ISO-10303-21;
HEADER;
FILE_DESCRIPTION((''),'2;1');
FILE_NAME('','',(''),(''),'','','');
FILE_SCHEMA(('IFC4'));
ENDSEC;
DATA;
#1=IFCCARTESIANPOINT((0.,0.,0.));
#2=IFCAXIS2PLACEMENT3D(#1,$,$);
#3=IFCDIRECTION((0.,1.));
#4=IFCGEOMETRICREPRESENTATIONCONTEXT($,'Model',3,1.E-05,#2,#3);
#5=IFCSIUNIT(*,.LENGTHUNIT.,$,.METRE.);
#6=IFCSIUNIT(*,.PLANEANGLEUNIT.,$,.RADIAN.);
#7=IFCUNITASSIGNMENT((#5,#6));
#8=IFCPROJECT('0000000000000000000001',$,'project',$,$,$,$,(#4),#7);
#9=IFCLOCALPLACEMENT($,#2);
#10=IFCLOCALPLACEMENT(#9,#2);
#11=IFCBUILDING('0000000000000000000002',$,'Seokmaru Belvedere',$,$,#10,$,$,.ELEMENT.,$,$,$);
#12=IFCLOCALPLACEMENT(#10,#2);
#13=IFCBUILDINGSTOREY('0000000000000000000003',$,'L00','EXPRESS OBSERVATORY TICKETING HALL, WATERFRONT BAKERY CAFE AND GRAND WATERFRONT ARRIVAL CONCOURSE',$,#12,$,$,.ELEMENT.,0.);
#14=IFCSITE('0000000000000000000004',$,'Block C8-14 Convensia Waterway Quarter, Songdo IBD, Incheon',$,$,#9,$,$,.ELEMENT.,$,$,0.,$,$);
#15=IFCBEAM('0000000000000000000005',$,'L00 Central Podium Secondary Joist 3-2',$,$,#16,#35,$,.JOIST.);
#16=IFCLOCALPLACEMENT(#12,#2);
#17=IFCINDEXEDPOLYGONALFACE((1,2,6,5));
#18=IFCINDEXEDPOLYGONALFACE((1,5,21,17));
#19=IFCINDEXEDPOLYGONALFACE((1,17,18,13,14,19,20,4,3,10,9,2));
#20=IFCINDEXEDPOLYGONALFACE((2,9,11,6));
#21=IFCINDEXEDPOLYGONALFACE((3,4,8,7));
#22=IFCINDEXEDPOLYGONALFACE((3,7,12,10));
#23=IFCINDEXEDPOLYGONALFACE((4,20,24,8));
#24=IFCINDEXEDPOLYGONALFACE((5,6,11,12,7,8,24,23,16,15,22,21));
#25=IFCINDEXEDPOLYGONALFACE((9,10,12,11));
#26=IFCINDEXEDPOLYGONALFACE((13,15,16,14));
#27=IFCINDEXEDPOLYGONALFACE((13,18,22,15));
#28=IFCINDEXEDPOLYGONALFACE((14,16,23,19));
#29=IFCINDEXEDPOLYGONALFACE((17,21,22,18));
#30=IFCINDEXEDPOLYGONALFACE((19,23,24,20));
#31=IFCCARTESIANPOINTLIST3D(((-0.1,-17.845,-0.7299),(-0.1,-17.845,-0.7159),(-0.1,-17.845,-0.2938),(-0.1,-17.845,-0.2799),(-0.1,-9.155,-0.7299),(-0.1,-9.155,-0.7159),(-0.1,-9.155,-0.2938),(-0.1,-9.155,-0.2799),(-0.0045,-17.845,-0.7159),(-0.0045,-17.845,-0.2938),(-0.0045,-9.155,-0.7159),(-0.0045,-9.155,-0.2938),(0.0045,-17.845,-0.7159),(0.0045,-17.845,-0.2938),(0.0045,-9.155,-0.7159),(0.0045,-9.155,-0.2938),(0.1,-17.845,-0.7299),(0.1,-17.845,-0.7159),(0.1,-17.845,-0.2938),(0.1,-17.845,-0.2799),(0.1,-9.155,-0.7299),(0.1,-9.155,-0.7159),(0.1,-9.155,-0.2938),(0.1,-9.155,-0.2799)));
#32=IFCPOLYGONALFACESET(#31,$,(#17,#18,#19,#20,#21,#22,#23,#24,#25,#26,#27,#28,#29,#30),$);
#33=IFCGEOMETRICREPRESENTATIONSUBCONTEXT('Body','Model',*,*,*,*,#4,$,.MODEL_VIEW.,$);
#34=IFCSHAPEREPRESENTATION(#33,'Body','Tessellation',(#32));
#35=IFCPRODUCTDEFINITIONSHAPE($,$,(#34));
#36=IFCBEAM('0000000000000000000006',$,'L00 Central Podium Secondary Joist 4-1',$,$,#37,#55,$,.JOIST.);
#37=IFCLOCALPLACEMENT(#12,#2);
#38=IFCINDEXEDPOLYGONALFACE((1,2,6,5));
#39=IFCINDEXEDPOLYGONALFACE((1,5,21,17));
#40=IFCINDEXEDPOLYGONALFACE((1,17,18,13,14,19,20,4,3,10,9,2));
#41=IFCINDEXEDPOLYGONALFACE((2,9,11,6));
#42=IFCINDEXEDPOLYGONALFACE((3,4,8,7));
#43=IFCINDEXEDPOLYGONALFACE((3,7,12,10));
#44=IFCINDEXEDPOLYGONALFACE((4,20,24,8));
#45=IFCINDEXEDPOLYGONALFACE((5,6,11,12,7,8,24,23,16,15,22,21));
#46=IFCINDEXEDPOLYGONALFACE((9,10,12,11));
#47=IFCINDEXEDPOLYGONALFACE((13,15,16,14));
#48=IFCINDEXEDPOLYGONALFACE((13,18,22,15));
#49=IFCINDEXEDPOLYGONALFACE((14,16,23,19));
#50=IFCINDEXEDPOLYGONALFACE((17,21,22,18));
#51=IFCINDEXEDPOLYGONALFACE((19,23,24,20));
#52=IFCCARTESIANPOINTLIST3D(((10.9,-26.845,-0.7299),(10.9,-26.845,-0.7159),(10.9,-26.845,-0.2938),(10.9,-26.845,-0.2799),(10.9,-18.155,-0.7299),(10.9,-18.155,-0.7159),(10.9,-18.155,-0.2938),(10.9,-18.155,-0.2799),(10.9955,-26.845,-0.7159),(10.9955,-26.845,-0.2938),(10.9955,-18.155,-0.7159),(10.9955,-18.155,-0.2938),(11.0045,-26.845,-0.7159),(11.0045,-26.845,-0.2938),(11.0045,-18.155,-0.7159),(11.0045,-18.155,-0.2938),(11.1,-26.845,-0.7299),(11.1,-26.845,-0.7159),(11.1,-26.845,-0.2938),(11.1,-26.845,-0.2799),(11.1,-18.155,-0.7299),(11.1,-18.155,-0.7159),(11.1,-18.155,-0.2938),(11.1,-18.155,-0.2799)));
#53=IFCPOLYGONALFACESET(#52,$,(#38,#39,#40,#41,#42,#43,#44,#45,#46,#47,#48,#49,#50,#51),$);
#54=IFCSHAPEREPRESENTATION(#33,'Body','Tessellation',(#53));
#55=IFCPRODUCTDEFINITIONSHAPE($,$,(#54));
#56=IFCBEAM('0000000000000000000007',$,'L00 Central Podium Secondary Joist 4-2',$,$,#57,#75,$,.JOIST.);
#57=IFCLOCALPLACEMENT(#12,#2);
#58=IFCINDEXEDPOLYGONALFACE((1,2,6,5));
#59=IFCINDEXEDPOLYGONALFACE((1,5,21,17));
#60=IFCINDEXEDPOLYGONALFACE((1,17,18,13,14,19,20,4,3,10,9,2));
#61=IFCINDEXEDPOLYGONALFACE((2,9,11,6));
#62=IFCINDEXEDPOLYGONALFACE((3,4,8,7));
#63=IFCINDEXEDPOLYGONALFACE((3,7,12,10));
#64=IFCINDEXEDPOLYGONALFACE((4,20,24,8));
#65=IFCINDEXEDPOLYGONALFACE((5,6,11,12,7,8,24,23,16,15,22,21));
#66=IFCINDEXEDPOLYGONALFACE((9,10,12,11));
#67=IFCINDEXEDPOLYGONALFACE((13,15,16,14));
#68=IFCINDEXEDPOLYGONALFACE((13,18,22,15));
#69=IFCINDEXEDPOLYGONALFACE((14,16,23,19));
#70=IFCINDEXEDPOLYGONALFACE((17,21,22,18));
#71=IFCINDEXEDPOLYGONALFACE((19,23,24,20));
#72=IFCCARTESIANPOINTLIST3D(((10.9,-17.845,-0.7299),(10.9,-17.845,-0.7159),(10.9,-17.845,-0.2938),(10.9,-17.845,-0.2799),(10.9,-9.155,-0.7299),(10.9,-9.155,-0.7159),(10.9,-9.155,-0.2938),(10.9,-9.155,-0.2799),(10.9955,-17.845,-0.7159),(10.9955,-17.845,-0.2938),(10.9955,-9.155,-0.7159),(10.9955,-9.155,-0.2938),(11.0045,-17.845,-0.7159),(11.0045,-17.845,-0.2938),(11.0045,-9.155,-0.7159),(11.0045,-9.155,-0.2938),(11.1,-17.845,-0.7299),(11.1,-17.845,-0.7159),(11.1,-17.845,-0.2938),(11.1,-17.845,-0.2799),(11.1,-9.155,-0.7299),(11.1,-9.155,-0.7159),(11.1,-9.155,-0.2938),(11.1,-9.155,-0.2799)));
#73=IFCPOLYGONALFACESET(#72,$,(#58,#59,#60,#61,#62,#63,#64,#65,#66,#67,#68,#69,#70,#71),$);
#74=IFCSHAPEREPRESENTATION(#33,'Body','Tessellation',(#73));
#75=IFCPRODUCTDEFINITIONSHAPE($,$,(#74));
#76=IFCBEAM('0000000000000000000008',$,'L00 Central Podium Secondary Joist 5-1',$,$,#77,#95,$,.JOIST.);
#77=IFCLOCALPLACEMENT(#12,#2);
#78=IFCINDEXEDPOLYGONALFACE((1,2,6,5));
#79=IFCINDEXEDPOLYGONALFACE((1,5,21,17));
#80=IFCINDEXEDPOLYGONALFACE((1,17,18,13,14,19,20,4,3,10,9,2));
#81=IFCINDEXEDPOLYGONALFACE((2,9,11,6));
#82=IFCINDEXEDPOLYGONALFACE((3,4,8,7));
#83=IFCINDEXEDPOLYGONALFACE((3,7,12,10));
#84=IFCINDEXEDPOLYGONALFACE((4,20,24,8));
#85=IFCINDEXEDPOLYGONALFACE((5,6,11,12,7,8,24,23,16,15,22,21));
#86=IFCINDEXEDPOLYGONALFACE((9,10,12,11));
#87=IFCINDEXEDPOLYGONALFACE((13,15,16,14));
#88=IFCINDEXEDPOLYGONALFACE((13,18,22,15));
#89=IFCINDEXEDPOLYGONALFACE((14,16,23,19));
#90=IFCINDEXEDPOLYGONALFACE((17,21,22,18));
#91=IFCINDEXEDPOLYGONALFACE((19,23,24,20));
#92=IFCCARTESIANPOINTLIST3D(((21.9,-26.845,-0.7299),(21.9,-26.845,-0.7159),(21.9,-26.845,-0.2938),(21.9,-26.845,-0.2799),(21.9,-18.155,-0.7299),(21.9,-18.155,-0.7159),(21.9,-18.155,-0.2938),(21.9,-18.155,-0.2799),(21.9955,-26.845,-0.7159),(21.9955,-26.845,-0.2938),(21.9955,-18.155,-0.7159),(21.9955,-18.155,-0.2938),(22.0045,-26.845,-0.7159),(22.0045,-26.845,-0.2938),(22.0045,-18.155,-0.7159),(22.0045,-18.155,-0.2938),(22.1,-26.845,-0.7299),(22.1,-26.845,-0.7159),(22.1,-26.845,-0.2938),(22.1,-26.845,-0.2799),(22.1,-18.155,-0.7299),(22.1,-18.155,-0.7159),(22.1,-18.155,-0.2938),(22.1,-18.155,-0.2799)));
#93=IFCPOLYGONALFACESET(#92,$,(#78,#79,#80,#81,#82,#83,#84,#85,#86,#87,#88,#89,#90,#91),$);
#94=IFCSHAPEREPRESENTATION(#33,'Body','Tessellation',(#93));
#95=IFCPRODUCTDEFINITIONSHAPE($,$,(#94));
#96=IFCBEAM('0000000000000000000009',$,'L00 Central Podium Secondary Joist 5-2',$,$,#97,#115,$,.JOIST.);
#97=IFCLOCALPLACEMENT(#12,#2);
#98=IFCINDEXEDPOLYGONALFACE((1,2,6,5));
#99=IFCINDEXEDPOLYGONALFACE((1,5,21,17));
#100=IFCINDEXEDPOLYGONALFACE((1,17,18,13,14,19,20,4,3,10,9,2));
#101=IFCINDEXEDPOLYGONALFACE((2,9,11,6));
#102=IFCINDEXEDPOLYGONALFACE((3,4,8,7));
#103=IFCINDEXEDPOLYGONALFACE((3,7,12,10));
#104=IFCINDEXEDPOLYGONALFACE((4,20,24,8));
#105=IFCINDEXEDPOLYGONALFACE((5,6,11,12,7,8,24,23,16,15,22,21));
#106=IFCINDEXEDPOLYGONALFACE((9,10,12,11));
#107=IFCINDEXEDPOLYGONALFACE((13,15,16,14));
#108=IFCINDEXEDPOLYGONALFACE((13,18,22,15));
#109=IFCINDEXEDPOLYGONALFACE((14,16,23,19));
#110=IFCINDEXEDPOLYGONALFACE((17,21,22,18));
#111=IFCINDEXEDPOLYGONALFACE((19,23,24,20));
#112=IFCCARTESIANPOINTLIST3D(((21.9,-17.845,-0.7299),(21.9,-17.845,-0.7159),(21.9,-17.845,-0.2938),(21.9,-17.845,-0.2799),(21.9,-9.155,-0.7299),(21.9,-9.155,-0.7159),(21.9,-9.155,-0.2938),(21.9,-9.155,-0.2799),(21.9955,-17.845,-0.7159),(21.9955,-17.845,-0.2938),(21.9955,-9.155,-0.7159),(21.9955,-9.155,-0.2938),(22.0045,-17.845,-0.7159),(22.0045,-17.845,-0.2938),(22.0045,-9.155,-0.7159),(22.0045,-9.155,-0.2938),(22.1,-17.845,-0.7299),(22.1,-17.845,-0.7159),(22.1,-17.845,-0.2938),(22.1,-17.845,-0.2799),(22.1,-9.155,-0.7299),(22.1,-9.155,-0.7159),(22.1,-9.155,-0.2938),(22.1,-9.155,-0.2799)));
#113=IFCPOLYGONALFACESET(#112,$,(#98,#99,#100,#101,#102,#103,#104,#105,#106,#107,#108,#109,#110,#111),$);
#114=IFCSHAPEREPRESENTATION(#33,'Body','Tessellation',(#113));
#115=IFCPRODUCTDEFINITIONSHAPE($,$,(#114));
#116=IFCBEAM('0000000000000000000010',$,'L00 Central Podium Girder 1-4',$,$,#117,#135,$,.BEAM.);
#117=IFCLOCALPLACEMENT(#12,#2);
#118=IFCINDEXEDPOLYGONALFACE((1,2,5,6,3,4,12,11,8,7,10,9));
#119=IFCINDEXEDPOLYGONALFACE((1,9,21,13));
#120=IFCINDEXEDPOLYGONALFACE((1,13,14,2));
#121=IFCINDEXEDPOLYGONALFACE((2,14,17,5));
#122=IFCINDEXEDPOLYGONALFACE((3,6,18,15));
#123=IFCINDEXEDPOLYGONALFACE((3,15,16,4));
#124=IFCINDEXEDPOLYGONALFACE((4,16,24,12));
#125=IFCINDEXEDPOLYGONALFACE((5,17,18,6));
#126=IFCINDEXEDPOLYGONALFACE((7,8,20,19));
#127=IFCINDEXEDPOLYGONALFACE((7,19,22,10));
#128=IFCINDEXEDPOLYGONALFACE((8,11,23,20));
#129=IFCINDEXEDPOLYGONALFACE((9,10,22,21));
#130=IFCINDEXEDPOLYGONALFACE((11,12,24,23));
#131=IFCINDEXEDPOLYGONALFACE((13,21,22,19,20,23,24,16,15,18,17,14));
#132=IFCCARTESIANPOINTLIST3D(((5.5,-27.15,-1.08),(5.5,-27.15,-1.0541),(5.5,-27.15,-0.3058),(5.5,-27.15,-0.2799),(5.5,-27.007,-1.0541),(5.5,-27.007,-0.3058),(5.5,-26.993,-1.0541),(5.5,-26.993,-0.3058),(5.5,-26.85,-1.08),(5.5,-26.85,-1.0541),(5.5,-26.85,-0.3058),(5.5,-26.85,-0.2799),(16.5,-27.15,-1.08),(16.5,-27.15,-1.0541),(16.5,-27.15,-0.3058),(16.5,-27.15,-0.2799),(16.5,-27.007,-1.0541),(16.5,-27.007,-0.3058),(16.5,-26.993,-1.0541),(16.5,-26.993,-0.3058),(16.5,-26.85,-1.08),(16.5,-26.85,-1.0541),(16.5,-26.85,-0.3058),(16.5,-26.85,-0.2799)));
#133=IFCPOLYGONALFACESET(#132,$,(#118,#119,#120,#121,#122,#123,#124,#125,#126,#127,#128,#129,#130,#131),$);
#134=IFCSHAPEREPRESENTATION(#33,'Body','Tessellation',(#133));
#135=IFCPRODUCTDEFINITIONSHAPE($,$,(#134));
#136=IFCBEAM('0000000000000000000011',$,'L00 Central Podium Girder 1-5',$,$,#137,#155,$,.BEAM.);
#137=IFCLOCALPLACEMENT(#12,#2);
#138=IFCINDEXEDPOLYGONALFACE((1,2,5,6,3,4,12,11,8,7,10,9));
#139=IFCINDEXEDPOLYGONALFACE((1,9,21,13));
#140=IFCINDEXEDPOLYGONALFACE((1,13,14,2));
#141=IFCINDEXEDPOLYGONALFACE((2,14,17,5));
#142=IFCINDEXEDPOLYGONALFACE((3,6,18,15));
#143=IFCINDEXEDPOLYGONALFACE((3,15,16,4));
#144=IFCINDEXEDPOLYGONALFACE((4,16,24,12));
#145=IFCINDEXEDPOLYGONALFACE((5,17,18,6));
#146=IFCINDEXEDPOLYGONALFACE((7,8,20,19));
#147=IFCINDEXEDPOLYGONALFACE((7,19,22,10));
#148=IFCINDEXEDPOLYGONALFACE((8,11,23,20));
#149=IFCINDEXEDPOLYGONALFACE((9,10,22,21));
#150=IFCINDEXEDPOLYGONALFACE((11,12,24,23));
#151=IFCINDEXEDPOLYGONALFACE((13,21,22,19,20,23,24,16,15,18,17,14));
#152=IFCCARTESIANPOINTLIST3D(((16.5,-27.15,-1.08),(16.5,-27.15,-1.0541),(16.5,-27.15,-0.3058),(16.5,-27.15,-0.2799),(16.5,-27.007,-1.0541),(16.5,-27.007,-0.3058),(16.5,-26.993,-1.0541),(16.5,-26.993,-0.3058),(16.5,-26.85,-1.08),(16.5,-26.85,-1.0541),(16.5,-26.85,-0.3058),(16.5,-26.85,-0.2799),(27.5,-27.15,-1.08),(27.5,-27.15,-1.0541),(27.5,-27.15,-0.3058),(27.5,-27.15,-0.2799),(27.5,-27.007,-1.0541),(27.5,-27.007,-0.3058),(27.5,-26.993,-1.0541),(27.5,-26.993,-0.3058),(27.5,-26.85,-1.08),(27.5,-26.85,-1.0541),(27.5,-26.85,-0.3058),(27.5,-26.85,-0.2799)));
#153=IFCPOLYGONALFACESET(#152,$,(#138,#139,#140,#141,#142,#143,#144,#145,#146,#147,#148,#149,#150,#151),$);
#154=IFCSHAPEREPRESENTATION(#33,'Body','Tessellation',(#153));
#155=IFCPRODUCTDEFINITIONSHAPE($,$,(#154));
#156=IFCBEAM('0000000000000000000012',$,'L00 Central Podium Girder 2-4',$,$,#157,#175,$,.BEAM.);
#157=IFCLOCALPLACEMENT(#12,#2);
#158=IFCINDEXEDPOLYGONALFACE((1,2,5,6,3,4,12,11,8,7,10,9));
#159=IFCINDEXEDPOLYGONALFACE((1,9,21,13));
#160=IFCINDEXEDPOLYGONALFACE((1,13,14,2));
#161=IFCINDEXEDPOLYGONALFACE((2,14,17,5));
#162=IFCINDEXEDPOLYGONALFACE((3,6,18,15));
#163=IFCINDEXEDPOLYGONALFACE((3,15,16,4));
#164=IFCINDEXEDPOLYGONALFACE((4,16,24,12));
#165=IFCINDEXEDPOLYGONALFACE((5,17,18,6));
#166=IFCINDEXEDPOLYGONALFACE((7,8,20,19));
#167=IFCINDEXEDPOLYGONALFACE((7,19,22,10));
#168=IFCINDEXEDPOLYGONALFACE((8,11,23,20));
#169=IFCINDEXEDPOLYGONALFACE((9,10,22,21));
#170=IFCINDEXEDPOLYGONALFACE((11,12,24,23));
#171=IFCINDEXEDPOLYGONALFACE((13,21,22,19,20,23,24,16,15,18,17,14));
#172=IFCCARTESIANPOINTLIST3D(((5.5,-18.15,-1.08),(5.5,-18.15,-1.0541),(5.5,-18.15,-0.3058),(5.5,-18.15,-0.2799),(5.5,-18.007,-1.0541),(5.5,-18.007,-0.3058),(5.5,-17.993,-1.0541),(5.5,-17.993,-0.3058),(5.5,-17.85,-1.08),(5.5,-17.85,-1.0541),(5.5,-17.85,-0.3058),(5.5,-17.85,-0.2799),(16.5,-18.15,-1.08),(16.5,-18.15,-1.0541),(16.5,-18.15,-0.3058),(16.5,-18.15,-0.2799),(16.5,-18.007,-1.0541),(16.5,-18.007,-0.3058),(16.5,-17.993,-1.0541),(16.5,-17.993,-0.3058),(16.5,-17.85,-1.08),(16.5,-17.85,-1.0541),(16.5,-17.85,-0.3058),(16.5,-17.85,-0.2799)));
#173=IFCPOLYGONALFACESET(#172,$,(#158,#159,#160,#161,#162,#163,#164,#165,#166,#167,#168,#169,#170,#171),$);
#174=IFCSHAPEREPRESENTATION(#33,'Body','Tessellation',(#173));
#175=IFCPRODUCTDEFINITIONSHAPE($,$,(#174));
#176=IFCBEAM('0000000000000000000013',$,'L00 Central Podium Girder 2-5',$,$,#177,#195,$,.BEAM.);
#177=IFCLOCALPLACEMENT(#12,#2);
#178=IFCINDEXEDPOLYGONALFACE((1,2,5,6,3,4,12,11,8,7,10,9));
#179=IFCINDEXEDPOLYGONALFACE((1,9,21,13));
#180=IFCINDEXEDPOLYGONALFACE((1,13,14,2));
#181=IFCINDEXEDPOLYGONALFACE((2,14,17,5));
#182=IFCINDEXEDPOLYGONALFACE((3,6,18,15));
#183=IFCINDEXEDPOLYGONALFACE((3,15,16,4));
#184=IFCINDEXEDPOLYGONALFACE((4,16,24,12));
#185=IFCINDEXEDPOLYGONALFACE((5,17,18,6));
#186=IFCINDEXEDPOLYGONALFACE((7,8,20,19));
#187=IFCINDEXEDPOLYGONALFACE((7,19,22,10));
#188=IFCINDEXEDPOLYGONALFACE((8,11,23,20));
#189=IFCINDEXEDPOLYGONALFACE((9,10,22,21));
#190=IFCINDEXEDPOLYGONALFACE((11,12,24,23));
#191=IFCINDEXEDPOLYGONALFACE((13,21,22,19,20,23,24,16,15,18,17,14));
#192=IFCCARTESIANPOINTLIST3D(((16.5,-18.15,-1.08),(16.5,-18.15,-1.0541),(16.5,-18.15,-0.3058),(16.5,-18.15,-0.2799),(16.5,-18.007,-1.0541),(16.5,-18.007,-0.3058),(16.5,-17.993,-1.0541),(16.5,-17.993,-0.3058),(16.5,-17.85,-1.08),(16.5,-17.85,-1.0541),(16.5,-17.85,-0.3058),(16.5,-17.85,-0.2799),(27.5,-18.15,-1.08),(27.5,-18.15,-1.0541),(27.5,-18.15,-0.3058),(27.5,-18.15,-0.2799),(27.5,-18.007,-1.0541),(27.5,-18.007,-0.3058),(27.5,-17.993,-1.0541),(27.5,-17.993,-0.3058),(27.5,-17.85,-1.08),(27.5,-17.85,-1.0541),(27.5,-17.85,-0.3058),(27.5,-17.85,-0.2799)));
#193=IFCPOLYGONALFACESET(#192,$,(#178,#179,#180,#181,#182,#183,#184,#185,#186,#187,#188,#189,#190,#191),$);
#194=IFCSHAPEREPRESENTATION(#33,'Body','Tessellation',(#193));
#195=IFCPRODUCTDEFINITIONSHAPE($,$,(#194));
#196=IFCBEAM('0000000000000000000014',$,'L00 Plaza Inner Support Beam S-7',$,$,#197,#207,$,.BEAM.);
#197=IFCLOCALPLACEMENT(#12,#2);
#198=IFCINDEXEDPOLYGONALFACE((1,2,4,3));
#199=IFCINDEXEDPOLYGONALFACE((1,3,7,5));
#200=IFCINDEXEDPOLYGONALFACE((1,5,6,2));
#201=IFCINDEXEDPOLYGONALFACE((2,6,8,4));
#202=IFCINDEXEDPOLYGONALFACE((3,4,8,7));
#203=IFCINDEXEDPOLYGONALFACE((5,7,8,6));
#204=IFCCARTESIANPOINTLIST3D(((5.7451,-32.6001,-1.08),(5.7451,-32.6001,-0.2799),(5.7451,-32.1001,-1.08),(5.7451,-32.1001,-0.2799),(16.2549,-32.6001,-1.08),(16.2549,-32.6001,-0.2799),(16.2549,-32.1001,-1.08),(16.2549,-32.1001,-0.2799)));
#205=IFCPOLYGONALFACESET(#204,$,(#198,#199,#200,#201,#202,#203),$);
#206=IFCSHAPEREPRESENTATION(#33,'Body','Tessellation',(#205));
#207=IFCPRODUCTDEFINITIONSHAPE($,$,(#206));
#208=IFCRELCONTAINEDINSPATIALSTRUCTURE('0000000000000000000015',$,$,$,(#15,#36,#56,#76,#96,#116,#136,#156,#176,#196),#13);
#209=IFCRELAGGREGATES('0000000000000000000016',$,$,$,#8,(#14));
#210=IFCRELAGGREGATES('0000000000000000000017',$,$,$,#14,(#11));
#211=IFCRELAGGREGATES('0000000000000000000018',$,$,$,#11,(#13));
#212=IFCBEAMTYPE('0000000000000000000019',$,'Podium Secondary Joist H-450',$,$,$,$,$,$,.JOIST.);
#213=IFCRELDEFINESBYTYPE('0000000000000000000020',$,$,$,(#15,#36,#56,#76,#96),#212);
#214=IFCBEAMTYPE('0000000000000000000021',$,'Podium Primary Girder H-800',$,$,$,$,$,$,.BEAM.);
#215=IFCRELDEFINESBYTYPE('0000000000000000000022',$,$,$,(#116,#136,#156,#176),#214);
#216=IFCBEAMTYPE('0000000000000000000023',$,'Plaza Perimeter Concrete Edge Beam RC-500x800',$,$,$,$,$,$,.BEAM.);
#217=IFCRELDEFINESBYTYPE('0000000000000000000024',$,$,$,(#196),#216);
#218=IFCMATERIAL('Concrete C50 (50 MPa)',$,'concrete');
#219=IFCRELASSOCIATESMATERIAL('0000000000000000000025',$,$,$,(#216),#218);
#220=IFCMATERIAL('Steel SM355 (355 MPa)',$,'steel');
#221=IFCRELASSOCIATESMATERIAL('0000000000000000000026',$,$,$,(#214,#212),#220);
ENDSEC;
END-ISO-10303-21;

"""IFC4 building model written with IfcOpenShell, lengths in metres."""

from ifc_helpers import new_model, si_unit, direction, frame, origin, origin_2d, place, context, subcontext, project, spatial, rectangle, i_section, extrude, source, transform, mapped, material, material_profile, profile_set, type_object, type_shapes, element, save


model = new_model("IFC4")

# Units and contexts
model_context = context("Model", 3, precision=1e-05, world=origin(), true_north=direction((0.0, 1.0)))
body_context = subcontext(model_context, "Body", "Model", "MODEL_VIEW")
ifc_project = project(units=[si_unit("LENGTHUNIT", "METRE"), si_unit("PLANEANGLEUNIT", "RADIAN")], contexts=[model_context])

# Site, building, storey
site_placement = place(None, origin())
site = spatial("IfcSite", under=ifc_project, at=site_placement, Name="Block C8-14 Convensia Waterway Quarter, Songdo IBD, Incheon", CompositionType="ELEMENT", RefElevation=0.0)
building_placement = place(site_placement, origin())
building = spatial("IfcBuilding", under=site, at=building_placement, Name="Seokmaru Belvedere", CompositionType="ELEMENT")
storey_placement = place(building_placement, origin())
storey = spatial("IfcBuildingStorey", under=building, at=storey_placement, Name="L00", Description="EXPRESS OBSERVATORY TICKETING HALL, WATERFRONT BAKERY CAFE AND GRAND WATERFRONT ARRIVAL CONCOURSE", CompositionType="ELEMENT", Elevation=0.0)

# Shared definitions
ifc_material_1 = material(Name="Concrete C50 (50 MPa)", Category="concrete")

# Beams
ifc_material_profile_1 = material_profile(ifc_material_1, rectangle(XDim=0.5, YDim=0.8, at=origin_2d()), Name="RC-500x800")
ifc_profile_set_1 = profile_set([ifc_material_profile_1], Name="Concrete C50 (50 MPa)")
beam_type_1 = type_object("IfcBeamType", Name="Plaza Perimeter Concrete Edge Beam RC-500x800", PredefinedType="BEAM", material=ifc_profile_set_1)
ifc_material_2 = material(Name="Steel SM355 (355 MPa)", Category="steel")
ifc_material_profile_2 = material_profile(ifc_material_2, i_section(OverallWidth=0.3, OverallDepth=0.8, WebThickness=0.0139, FlangeThickness=0.0259, at=origin_2d()), Name="H-800x300x14x26")
ifc_profile_set_2 = profile_set([ifc_material_profile_2], Name="Steel SM355 (355 MPa)")
beam_type_2 = type_object("IfcBeamType", Name="Podium Primary Girder H-800", PredefinedType="BEAM", material=ifc_profile_set_2)
ifc_material_profile_3 = material_profile(ifc_material_2, i_section(OverallWidth=0.2, OverallDepth=0.45, WebThickness=0.009, FlangeThickness=0.0139, at=origin_2d()), Name="H-450x200x9x14")
ifc_profile_set_3 = profile_set([ifc_material_profile_3], Name="Steel SM355 (355 MPa)")
beam_type_3 = type_object("IfcBeamType", Name="Podium Secondary Joist H-450", PredefinedType="JOIST", material=ifc_profile_set_3)
shared_shape_1 = source(origin(), body_context, "Body", "SweptSolid", [
    extrude(i_section(OverallWidth=0.2, OverallDepth=0.45, WebThickness=0.009, FlangeThickness=0.0139, at=origin_2d()), origin(), (0.0, 0.0, 1.0), 8.6899),
])
type_shapes(beam_type_3, [shared_shape_1])
for number, where, z_axis, x_axis, name in (
    (1, (0.0, -17.845, -0.5049), (0.0, 1.0, 0.0), (-1.0, 0.0, 0.0), "L00 Central Podium Secondary Joist 3-2"),
    (2, (11.0, -26.845, -0.5049), (0.0, 1.0, 0.0), (-1.0, 0.0, 0.0), "L00 Central Podium Secondary Joist 4-1"),
    (3, (11.0, -17.845, -0.5049), (0.0, 1.0, 0.0), (-1.0, 0.0, 0.0), "L00 Central Podium Secondary Joist 4-2"),
    (4, (22.0, -26.845, -0.5049), (0.0, 1.0, 0.0), (-1.0, 0.0, 0.0), "L00 Central Podium Secondary Joist 5-1"),
    (5, (22.0, -17.845, -0.5049), (0.0, 1.0, 0.0), (-1.0, 0.0, 0.0), "L00 Central Podium Secondary Joist 5-2"),
):
    element("IfcBeam", number, at=place(storey_placement, frame(where, z_axis=z_axis, x_axis=x_axis)), inside=storey, type_object=beam_type_3, Name=name, PredefinedType="JOIST", context=body_context, shape_type="MappedRepresentation", body=[
        mapped(shared_shape_1, transform((0.0, 0.0, 0.0), scale=1.0)),
    ])
shared_shape_2 = source(origin(), body_context, "Body", "SweptSolid", [
    extrude(i_section(OverallWidth=0.3, OverallDepth=0.8, WebThickness=0.0139, FlangeThickness=0.0259, at=origin_2d()), origin(), (0.0, 0.0, 1.0), 11.0),
])
for number, where, z_axis, x_axis, name in (
    (6, (5.5, -27.0, -0.6799), (1.0, 0.0, 0.0), (0.0, 1.0, 0.0), "L00 Central Podium Girder 1-4"),
    (7, (16.5, -27.0, -0.6799), (1.0, 0.0, 0.0), (0.0, 1.0, 0.0), "L00 Central Podium Girder 1-5"),
    (8, (5.5, -18.0, -0.6799), (1.0, 0.0, 0.0), (0.0, 1.0, 0.0), "L00 Central Podium Girder 2-4"),
    (9, (16.5, -18.0, -0.6799), (1.0, 0.0, 0.0), (0.0, 1.0, 0.0), "L00 Central Podium Girder 2-5"),
):
    element("IfcBeam", number, at=place(storey_placement, frame(where, z_axis=z_axis, x_axis=x_axis)), inside=storey, type_object=beam_type_2, Name=name, PredefinedType="BEAM", context=body_context, shape_type="MappedRepresentation", body=[
        mapped(shared_shape_2, transform((0.0, 0.0, 0.0), scale=1.0)),
    ])
shared_shape_3 = source(origin(), body_context, "Body", "SweptSolid", [
    extrude(rectangle(XDim=0.5, YDim=0.8, at=origin_2d()), origin(), (0.0, 0.0, 1.0), 10.5098),
])
for number, where, z_axis, x_axis, name in (
    (10, (5.7451, -32.3501, -0.6799), (1.0, 0.0, 0.0), (0.0, 1.0, 0.0), "L00 Plaza Inner Support Beam S-7"),
):
    element("IfcBeam", number, at=place(storey_placement, frame(where, z_axis=z_axis, x_axis=x_axis)), inside=storey, type_object=beam_type_1, Name=name, PredefinedType="BEAM", context=body_context, shape_type="MappedRepresentation", body=[
        mapped(shared_shape_3, transform((0.0, 0.0, 0.0), scale=1.0)),
    ])

save(model, "model.ifc")
